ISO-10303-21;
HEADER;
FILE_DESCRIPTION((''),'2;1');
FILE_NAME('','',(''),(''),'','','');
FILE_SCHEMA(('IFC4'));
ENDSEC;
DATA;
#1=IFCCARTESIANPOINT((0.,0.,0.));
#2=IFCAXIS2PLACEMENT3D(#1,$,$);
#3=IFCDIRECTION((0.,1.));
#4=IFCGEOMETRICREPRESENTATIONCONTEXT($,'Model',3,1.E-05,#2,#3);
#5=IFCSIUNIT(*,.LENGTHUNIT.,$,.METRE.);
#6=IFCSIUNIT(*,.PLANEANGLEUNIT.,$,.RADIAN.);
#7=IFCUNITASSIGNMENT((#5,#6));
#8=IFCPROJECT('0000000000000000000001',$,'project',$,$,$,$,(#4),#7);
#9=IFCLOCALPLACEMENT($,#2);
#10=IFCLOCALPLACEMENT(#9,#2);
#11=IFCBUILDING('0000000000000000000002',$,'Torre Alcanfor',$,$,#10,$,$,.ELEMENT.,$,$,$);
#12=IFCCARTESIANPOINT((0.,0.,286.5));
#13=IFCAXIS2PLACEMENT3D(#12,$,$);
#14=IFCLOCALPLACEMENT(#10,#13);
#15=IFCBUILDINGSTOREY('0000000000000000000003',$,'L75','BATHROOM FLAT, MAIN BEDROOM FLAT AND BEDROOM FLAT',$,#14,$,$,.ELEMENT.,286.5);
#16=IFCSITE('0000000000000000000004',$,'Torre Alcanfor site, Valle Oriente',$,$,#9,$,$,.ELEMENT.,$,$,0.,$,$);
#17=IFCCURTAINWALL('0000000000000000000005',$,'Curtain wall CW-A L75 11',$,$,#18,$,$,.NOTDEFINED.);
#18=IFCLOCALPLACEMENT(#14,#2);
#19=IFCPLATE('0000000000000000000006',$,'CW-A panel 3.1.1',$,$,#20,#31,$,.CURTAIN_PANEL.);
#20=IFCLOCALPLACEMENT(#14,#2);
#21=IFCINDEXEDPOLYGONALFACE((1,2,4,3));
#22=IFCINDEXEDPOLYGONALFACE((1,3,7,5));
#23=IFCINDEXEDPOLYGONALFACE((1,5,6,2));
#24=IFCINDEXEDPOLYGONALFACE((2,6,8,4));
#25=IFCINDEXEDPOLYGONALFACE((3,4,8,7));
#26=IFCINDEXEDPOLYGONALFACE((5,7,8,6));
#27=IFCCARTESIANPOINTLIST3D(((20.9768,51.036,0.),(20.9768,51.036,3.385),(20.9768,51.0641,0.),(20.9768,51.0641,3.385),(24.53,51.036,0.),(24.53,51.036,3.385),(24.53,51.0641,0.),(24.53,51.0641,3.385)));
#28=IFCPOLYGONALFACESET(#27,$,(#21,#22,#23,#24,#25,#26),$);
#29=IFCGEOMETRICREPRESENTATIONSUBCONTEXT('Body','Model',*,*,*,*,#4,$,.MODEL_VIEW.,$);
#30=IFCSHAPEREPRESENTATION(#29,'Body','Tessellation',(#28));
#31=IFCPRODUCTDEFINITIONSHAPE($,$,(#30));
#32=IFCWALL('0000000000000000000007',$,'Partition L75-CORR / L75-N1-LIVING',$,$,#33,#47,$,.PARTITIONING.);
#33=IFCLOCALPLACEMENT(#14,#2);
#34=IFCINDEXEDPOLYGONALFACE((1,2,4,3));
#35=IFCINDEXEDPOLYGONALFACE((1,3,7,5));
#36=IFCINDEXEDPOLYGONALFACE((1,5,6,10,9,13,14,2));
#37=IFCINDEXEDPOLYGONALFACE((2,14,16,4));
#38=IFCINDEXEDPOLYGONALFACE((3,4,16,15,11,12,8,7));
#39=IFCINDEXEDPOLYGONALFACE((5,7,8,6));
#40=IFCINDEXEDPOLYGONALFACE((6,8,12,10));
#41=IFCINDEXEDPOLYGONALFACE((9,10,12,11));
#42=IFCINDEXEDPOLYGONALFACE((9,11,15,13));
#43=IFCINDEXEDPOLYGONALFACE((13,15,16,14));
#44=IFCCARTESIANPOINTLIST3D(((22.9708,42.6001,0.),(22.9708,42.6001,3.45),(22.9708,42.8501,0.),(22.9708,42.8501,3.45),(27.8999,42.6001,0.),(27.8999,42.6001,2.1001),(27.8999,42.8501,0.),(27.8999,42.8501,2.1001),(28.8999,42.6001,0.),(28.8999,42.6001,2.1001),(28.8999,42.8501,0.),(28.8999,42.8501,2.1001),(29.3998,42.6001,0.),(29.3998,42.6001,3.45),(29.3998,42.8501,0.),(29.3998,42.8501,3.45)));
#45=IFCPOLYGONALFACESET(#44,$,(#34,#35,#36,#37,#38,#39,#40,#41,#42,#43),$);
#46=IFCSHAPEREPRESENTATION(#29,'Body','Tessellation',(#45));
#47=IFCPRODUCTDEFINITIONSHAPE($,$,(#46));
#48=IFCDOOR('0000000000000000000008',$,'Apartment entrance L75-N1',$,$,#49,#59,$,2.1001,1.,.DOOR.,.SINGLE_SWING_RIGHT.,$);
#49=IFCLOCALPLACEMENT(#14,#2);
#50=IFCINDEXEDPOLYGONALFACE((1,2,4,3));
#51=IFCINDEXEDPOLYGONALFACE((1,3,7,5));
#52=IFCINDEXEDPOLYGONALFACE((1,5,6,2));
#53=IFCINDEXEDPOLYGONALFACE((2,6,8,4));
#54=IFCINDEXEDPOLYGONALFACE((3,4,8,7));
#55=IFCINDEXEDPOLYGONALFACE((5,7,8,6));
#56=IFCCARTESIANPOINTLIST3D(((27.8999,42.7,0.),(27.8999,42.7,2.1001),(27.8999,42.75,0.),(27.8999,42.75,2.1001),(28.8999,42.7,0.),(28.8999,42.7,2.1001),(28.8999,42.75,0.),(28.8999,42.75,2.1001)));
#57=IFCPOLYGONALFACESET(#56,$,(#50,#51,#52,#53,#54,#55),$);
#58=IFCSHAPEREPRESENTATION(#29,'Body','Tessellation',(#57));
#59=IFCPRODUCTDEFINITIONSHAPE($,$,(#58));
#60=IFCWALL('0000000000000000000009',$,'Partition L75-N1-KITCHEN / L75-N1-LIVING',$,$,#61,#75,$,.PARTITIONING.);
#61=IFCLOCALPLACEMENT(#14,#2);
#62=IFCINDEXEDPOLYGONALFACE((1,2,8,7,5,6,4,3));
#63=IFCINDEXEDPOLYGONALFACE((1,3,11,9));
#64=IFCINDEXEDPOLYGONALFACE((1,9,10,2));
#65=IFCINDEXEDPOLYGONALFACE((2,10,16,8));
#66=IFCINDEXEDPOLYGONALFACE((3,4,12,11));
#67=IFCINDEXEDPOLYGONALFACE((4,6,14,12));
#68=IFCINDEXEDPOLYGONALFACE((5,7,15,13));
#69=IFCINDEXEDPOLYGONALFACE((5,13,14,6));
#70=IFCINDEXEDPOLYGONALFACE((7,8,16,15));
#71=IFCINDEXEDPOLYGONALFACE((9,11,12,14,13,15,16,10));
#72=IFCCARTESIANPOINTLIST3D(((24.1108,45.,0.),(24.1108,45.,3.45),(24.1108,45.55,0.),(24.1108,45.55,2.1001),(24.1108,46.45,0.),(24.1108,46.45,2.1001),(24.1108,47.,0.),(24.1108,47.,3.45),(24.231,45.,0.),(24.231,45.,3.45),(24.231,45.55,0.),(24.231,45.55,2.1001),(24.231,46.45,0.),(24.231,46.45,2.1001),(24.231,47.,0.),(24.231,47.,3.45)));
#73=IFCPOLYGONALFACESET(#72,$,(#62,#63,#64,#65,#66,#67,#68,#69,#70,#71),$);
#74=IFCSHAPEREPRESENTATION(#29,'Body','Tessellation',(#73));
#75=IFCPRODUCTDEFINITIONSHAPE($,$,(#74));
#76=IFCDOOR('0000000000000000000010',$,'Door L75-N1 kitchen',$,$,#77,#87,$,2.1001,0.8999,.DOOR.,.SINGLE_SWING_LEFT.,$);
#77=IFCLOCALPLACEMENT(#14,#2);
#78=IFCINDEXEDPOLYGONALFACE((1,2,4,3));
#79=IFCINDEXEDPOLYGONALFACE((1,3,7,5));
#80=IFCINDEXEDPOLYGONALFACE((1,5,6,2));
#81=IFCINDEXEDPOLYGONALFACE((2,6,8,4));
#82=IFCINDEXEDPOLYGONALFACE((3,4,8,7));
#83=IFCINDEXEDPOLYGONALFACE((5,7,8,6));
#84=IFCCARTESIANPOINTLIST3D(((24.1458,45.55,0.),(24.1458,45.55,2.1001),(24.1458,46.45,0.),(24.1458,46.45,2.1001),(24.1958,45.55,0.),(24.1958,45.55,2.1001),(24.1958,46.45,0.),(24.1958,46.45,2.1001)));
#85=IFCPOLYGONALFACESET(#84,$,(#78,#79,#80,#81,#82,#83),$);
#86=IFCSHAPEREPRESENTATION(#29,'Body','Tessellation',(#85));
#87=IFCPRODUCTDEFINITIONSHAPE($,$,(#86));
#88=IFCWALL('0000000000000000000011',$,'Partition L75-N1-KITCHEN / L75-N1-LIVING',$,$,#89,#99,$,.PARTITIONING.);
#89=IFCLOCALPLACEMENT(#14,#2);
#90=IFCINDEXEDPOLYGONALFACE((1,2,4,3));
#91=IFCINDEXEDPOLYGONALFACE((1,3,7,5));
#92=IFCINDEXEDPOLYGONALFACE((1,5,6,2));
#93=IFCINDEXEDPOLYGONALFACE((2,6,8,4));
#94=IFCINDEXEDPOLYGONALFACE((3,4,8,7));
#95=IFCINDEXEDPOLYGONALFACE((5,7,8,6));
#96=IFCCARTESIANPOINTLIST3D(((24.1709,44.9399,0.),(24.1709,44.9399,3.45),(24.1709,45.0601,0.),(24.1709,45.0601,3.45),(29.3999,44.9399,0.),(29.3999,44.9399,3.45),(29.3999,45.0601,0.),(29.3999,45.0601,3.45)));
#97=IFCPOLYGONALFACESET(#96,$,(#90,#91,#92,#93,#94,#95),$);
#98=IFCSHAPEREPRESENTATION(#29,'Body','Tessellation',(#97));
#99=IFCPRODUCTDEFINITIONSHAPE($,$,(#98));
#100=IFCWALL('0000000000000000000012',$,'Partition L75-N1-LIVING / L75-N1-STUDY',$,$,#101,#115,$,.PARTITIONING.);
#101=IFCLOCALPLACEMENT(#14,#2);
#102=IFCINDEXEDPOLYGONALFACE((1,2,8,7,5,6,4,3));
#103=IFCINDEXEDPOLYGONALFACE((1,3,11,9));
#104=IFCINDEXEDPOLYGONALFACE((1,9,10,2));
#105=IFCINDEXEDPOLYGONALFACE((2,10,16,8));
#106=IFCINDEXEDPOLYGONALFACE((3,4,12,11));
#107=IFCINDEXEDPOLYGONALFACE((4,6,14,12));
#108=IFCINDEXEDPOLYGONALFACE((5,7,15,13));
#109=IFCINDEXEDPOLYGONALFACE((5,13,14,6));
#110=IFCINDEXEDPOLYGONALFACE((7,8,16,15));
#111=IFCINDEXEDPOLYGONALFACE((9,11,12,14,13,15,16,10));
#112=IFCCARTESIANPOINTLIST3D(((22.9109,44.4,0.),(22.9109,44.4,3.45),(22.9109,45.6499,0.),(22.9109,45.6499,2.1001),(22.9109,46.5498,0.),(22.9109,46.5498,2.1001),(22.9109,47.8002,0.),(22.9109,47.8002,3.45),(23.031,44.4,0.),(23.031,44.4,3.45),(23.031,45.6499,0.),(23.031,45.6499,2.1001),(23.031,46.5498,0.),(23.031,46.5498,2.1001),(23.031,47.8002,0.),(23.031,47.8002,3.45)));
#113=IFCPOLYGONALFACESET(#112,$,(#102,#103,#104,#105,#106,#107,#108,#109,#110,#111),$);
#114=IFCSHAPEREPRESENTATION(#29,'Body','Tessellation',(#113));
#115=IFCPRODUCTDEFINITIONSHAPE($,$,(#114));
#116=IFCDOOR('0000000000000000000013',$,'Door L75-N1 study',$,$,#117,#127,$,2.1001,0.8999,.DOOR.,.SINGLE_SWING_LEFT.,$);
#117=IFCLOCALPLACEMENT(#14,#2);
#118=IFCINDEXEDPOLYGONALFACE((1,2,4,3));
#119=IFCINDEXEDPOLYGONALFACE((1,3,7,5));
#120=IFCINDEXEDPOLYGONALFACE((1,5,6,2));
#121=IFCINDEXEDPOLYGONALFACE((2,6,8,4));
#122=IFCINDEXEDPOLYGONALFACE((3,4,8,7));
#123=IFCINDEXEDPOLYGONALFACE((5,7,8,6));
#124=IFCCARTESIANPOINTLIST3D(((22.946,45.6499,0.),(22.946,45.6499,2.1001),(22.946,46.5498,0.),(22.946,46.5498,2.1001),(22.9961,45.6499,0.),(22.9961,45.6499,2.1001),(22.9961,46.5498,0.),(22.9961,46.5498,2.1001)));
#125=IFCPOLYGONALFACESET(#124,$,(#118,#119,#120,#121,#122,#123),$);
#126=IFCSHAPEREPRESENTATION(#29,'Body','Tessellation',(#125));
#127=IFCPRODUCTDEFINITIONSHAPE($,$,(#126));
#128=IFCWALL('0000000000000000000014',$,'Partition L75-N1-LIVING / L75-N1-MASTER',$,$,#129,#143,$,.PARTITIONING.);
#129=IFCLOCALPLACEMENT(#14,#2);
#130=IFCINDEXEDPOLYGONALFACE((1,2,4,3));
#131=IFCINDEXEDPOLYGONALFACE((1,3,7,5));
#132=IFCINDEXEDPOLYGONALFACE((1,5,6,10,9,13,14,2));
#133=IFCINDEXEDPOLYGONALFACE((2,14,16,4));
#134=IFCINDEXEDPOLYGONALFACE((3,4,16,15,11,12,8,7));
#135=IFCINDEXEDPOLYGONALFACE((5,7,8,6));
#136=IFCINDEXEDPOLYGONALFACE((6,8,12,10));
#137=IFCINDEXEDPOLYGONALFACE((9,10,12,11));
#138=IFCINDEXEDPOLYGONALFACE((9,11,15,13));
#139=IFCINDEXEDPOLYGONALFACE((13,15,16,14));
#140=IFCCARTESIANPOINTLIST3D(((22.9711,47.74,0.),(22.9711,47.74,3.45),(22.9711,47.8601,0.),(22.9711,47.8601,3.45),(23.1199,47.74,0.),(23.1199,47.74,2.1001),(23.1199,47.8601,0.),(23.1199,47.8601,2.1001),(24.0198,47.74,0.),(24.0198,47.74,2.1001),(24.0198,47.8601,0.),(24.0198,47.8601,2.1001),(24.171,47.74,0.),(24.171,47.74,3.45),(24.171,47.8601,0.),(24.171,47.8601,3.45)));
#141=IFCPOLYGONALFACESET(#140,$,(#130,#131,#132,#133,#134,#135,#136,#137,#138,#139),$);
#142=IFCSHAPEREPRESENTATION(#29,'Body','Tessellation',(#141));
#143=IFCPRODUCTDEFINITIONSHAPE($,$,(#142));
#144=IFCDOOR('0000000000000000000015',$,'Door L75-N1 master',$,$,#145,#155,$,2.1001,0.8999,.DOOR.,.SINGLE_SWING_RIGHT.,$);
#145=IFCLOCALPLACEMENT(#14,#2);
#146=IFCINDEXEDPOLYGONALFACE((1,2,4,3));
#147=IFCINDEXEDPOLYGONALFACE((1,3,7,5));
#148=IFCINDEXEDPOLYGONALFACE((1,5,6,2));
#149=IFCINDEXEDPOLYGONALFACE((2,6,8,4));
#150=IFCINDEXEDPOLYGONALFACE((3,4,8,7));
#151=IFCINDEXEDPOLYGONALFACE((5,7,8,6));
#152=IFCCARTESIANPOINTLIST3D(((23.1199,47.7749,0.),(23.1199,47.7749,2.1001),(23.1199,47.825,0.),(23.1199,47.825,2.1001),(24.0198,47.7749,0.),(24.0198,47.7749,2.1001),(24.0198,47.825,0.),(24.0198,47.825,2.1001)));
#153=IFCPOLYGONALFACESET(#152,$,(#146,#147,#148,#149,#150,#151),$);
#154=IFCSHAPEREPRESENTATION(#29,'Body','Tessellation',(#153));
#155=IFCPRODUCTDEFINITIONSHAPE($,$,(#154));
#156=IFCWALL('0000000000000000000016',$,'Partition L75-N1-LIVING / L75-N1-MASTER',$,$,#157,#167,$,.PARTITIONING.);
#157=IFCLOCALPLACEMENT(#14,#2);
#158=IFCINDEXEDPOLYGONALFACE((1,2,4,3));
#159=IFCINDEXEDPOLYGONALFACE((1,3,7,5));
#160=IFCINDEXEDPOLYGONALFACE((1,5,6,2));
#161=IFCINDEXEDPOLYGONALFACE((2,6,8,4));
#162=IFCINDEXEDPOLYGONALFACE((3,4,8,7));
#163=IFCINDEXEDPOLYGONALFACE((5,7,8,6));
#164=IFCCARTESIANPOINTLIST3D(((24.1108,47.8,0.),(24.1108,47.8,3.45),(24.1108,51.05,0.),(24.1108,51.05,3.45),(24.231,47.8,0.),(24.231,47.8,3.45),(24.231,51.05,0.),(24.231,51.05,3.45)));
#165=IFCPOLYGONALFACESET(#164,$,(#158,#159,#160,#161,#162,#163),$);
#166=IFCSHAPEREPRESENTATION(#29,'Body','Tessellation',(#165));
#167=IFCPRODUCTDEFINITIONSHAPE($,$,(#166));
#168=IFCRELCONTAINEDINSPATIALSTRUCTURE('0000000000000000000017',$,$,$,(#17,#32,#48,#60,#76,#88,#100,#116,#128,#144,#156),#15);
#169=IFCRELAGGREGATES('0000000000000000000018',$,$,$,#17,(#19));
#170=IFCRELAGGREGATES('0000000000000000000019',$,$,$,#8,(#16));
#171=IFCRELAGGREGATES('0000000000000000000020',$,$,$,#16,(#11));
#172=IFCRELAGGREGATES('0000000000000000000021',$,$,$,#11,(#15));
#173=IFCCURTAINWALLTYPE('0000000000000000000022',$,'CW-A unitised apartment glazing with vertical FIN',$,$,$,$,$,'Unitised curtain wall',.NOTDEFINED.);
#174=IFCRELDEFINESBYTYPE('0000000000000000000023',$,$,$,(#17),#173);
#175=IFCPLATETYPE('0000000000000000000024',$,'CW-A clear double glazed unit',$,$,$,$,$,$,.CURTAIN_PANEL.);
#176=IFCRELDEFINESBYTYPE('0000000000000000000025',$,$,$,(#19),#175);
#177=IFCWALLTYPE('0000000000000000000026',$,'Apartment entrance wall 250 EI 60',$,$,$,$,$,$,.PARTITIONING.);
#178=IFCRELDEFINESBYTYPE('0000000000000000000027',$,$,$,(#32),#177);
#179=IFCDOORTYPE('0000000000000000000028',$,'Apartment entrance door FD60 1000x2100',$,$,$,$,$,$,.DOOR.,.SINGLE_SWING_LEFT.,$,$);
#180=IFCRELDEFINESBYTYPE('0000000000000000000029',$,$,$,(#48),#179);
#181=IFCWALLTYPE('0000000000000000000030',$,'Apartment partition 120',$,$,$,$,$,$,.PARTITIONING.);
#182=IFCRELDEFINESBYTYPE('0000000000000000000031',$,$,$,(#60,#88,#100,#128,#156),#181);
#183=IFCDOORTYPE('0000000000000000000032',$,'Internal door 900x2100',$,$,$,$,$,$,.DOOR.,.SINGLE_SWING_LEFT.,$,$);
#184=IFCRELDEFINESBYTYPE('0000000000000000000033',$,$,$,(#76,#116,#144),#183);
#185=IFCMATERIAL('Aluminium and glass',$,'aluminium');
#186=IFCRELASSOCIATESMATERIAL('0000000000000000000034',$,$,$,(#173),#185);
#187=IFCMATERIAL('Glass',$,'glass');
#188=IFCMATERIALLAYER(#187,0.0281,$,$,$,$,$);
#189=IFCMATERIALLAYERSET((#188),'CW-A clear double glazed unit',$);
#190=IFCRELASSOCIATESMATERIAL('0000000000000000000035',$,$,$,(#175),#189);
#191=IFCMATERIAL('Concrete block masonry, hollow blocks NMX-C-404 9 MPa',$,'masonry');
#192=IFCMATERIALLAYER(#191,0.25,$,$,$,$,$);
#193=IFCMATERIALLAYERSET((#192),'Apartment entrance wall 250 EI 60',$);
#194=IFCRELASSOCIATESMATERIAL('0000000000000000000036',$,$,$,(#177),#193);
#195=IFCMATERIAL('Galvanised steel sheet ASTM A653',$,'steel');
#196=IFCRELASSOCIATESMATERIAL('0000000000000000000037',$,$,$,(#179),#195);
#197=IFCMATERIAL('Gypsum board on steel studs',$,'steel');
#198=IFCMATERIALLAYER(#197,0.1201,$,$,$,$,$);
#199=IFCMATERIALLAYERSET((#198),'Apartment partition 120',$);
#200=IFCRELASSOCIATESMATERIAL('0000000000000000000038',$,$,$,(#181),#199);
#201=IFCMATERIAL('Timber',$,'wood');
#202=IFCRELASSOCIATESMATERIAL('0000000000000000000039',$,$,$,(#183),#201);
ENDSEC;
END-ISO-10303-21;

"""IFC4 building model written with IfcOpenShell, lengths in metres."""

from ifc_helpers import new_model, si_unit, direction, frame, frame_2d, origin, origin_2d, place, context, subcontext, project, spatial, rectangle, extrude, material, layer, layer_set, type_object, element, fill, aggregate, save


model = new_model("IFC4")

# Units and contexts
model_context = context("Model", 3, precision=1e-05, world=origin(), true_north=direction((0.0, 1.0)))
body_context = subcontext(model_context, "Body", "Model", "MODEL_VIEW")
ifc_project = project(units=[si_unit("LENGTHUNIT", "METRE"), si_unit("PLANEANGLEUNIT", "RADIAN")], contexts=[model_context])

# Site, building, storey
site_placement = place(None, origin())
site = spatial("IfcSite", under=ifc_project, at=site_placement, Name="Torre Alcanfor site, Valle Oriente", CompositionType="ELEMENT", RefElevation=0.0)
building_placement = place(site_placement, origin())
building = spatial("IfcBuilding", under=site, at=building_placement, Name="Torre Alcanfor", CompositionType="ELEMENT")
storey_placement = place(building_placement, frame((0.0, 0.0, 286.5)))
storey = spatial("IfcBuildingStorey", under=building, at=storey_placement, Name="L75", Description="BATHROOM FLAT, MAIN BEDROOM FLAT AND BEDROOM FLAT", CompositionType="ELEMENT", Elevation=286.5)

# Curtain wall
ifc_material_1 = material(Name="Aluminium and glass", Category="aluminium")
curtain_wall_type = type_object("IfcCurtainWallType", Name="CW-A unitised apartment glazing with vertical FIN", ElementType="Unitised curtain wall", PredefinedType="NOTDEFINED", material=ifc_material_1)
curtain_wall_placement = place(storey_placement, origin())
curtain_wall = element("IfcCurtainWall", 1, at=curtain_wall_placement, inside=storey, type_object=curtain_wall_type, Name="Curtain wall CW-A L75 11", PredefinedType="NOTDEFINED")

# Plate
ifc_material_2 = material(Name="Glass", Category="glass")
ifc_layer_1 = layer(ifc_material_2, 0.0281)
ifc_layer_set_1 = layer_set([ifc_layer_1], Name="CW-A clear double glazed unit")
plate_type = type_object("IfcPlateType", Name="CW-A clear double glazed unit", PredefinedType="CURTAIN_PANEL", material=ifc_layer_set_1)
plate_1_placement = place(storey_placement, frame((22.7534, 51.05, 0.0), z_axis=(0.0, 0.0, 1.0), x_axis=(-1.0, 0.0, 0.0)))
plate_1 = element("IfcPlate", 2, at=plate_1_placement, type_object=plate_type, Name="CW-A panel 3.1.1", PredefinedType="CURTAIN_PANEL", context=body_context, shape_type="SweptSolid", body=[
    extrude(rectangle(XDim=3.5532, YDim=0.0281, at=origin_2d()), origin(), (0.0, 0.0, 1.0), 3.385),
])
aggregate(curtain_wall, [plate_1])

# Walls, openings, doors
ifc_material_3 = material(Name="Concrete block masonry, hollow blocks NMX-C-404 9 MPa", Category="masonry")
ifc_layer_2 = layer(ifc_material_3, 0.25)
ifc_layer_set_2 = layer_set([ifc_layer_2], Name="Apartment entrance wall 250 EI 60")
wall_type_1 = type_object("IfcWallType", Name="Apartment entrance wall 250 EI 60", PredefinedType="PARTITIONING", material=ifc_layer_set_2)
wall_1_placement = place(storey_placement, frame((22.9709, 42.7251, 0.0), z_axis=(0.0, 0.0, 1.0), x_axis=(1.0, 0.0, 0.0)))
wall_1 = element("IfcWall", 3, at=wall_1_placement, inside=storey, type_object=wall_type_1, Name="Partition L75-CORR / L75-N1-LIVING", PredefinedType="PARTITIONING", context=body_context, shape_type="SweptSolid", body=[
    extrude(rectangle(XDim=6.429, YDim=0.25, at=frame_2d((3.2144, 0.0))), origin(), (0.0, 0.0, 1.0), 3.45),
])
opening_1_placement = place(wall_1_placement, frame((4.929, 0.0, 0.0)))
opening_1 = element("IfcOpeningElement", 4, at=opening_1_placement, cuts=wall_1, PredefinedType="OPENING", context=body_context, shape_type="SweptSolid", body=[
    extrude(rectangle(XDim=1.0, YDim=2.1001, at=frame_2d((0.5, 1.05))), frame((0.0, 0.135, 0.0), z_axis=(0.0, -1.0, 0.0), x_axis=(1.0, 0.0, 0.0)), (0.0, 0.0, 1.0), 0.27),
])
ifc_material_4 = material(Name="Galvanised steel sheet ASTM A653", Category="steel")
door_type_1 = type_object("IfcDoorType", Name="Apartment entrance door FD60 1000x2100", OperationType="SINGLE_SWING_LEFT", PredefinedType="DOOR", material=ifc_material_4)
door_1_placement = place(opening_1_placement, origin())
door_1 = element("IfcDoor", 5, at=door_1_placement, inside=storey, type_object=door_type_1, Name="Apartment entrance L75-N1", OperationType="SINGLE_SWING_RIGHT", OverallHeight=2.1001, OverallWidth=1.0, PredefinedType="DOOR", context=body_context, shape_type="SweptSolid", body=[
    extrude(rectangle(XDim=1.0, YDim=2.1001, at=frame_2d((0.5, 1.05))), frame((0.0, 0.0249, 0.0), z_axis=(0.0, -1.0, 0.0), x_axis=(1.0, 0.0, 0.0)), (0.0, 0.0, 1.0), 0.05),
])
fill(opening_1, door_1)
ifc_material_5 = material(Name="Gypsum board on steel studs", Category="steel")
ifc_layer_3 = layer(ifc_material_5, 0.1201)
ifc_layer_set_3 = layer_set([ifc_layer_3], Name="Apartment partition 120")
wall_type_2 = type_object("IfcWallType", Name="Apartment partition 120", PredefinedType="PARTITIONING", material=ifc_layer_set_3)
wall_2_placement = place(storey_placement, frame((24.1709, 47.0, 0.0), z_axis=(0.0, 0.0, 1.0), x_axis=(0.0, -1.0, 0.0)))
wall_2 = element("IfcWall", 6, at=wall_2_placement, inside=storey, type_object=wall_type_2, Name="Partition L75-N1-KITCHEN / L75-N1-LIVING", PredefinedType="PARTITIONING", context=body_context, shape_type="SweptSolid", body=[
    extrude(rectangle(XDim=2.0, YDim=0.1201, at=frame_2d((1.0, 0.0))), origin(), (0.0, 0.0, 1.0), 3.45),
])
opening_2_placement = place(wall_2_placement, frame((0.55, 0.0, 0.0)))
opening_2 = element("IfcOpeningElement", 7, at=opening_2_placement, cuts=wall_2, PredefinedType="OPENING", context=body_context, shape_type="SweptSolid", body=[
    extrude(rectangle(XDim=0.8999, YDim=2.1001, at=frame_2d((0.45, 1.05))), frame((0.0, 0.0701, 0.0), z_axis=(0.0, -1.0, 0.0), x_axis=(1.0, 0.0, 0.0)), (0.0, 0.0, 1.0), 0.1401),
])
ifc_material_6 = material(Name="Timber", Category="wood")
door_type_2 = type_object("IfcDoorType", Name="Internal door 900x2100", OperationType="SINGLE_SWING_LEFT", PredefinedType="DOOR", material=ifc_material_6)
door_2_placement = place(opening_2_placement, origin())
door_2 = element("IfcDoor", 8, at=door_2_placement, inside=storey, type_object=door_type_2, Name="Door L75-N1 kitchen", OperationType="SINGLE_SWING_LEFT", OverallHeight=2.1001, OverallWidth=0.8999, PredefinedType="DOOR", context=body_context, shape_type="SweptSolid", body=[
    extrude(rectangle(XDim=0.8999, YDim=2.1001, at=frame_2d((0.45, 1.05))), frame((0.0, 0.0249, 0.0), z_axis=(0.0, -1.0, 0.0), x_axis=(1.0, 0.0, 0.0)), (0.0, 0.0, 1.0), 0.05),
])
fill(opening_2, door_2)

# Wall
wall_3_placement = place(storey_placement, frame((24.1709, 45.0, 0.0), z_axis=(0.0, 0.0, 1.0), x_axis=(1.0, 0.0, 0.0)))
element("IfcWall", 9, at=wall_3_placement, inside=storey, type_object=wall_type_2, Name="Partition L75-N1-KITCHEN / L75-N1-LIVING", PredefinedType="PARTITIONING", context=body_context, shape_type="SweptSolid", body=[
    extrude(rectangle(XDim=5.229, YDim=0.1201, at=frame_2d((2.6145, 0.0))), origin(), (0.0, 0.0, 1.0), 3.45),
])

# Walls, openings, doors
wall_4_placement = place(storey_placement, frame((22.9709, 44.3999, 0.0), z_axis=(0.0, 0.0, 1.0), x_axis=(0.0, 1.0, 0.0)))
wall_4 = element("IfcWall", 10, at=wall_4_placement, inside=storey, type_object=wall_type_2, Name="Partition L75-N1-LIVING / L75-N1-STUDY", PredefinedType="PARTITIONING", context=body_context, shape_type="SweptSolid", body=[
    extrude(rectangle(XDim=3.4001, YDim=0.1201, at=frame_2d((1.7002, 0.0))), origin(), (0.0, 0.0, 1.0), 3.45),
])
opening_3_placement = place(wall_4_placement, frame((1.25, 0.0, 0.0)))
opening_3 = element("IfcOpeningElement", 11, at=opening_3_placement, cuts=wall_4, PredefinedType="OPENING", context=body_context, shape_type="SweptSolid", body=[
    extrude(rectangle(XDim=0.8999, YDim=2.1001, at=frame_2d((0.45, 1.05))), frame((0.0, 0.0701, 0.0), z_axis=(0.0, -1.0, 0.0), x_axis=(1.0, 0.0, 0.0)), (0.0, 0.0, 1.0), 0.1401),
])
door_3_placement = place(opening_3_placement, origin())
door_3 = element("IfcDoor", 12, at=door_3_placement, inside=storey, type_object=door_type_2, Name="Door L75-N1 study", OperationType="SINGLE_SWING_LEFT", OverallHeight=2.1001, OverallWidth=0.8999, PredefinedType="DOOR", context=body_context, shape_type="SweptSolid", body=[
    extrude(rectangle(XDim=0.8999, YDim=2.1001, at=frame_2d((0.45, 1.05))), frame((0.0, 0.0249, 0.0), z_axis=(0.0, -1.0, 0.0), x_axis=(1.0, 0.0, 0.0)), (0.0, 0.0, 1.0), 0.05),
])
fill(opening_3, door_3)
wall_5_placement = place(storey_placement, frame((22.9709, 47.8, 0.0), z_axis=(0.0, 0.0, 1.0), x_axis=(1.0, 0.0, 0.0)))
wall_5 = element("IfcWall", 13, at=wall_5_placement, inside=storey, type_object=wall_type_2, Name="Partition L75-N1-LIVING / L75-N1-MASTER", PredefinedType="PARTITIONING", context=body_context, shape_type="SweptSolid", body=[
    extrude(rectangle(XDim=1.2, YDim=0.1201, at=frame_2d((0.6001, 0.0))), origin(), (0.0, 0.0, 1.0), 3.45),
])
opening_4_placement = place(wall_5_placement, frame((0.1489, 0.0, 0.0)))
opening_4 = element("IfcOpeningElement", 14, at=opening_4_placement, cuts=wall_5, PredefinedType="OPENING", context=body_context, shape_type="SweptSolid", body=[
    extrude(rectangle(XDim=0.8999, YDim=2.1001, at=frame_2d((0.45, 1.05))), frame((0.0, 0.0701, 0.0), z_axis=(0.0, -1.0, 0.0), x_axis=(1.0, 0.0, 0.0)), (0.0, 0.0, 1.0), 0.1401),
])
door_4_placement = place(opening_4_placement, origin())
door_4 = element("IfcDoor", 15, at=door_4_placement, inside=storey, type_object=door_type_2, Name="Door L75-N1 master", OperationType="SINGLE_SWING_RIGHT", OverallHeight=2.1001, OverallWidth=0.8999, PredefinedType="DOOR", context=body_context, shape_type="SweptSolid", body=[
    extrude(rectangle(XDim=0.8999, YDim=2.1001, at=frame_2d((0.45, 1.05))), frame((0.0, 0.0249, 0.0), z_axis=(0.0, -1.0, 0.0), x_axis=(1.0, 0.0, 0.0)), (0.0, 0.0, 1.0), 0.05),
])
fill(opening_4, door_4)

# Wall
wall_6_placement = place(storey_placement, frame((24.1709, 47.8, 0.0), z_axis=(0.0, 0.0, 1.0), x_axis=(0.0, 1.0, 0.0)))
element("IfcWall", 16, at=wall_6_placement, inside=storey, type_object=wall_type_2, Name="Partition L75-N1-LIVING / L75-N1-MASTER", PredefinedType="PARTITIONING", context=body_context, shape_type="SweptSolid", body=[
    extrude(rectangle(XDim=3.25, YDim=0.1201, at=frame_2d((1.625, 0.0))), origin(), (0.0, 0.0, 1.0), 3.45),
])

save(model, "model.ifc")
